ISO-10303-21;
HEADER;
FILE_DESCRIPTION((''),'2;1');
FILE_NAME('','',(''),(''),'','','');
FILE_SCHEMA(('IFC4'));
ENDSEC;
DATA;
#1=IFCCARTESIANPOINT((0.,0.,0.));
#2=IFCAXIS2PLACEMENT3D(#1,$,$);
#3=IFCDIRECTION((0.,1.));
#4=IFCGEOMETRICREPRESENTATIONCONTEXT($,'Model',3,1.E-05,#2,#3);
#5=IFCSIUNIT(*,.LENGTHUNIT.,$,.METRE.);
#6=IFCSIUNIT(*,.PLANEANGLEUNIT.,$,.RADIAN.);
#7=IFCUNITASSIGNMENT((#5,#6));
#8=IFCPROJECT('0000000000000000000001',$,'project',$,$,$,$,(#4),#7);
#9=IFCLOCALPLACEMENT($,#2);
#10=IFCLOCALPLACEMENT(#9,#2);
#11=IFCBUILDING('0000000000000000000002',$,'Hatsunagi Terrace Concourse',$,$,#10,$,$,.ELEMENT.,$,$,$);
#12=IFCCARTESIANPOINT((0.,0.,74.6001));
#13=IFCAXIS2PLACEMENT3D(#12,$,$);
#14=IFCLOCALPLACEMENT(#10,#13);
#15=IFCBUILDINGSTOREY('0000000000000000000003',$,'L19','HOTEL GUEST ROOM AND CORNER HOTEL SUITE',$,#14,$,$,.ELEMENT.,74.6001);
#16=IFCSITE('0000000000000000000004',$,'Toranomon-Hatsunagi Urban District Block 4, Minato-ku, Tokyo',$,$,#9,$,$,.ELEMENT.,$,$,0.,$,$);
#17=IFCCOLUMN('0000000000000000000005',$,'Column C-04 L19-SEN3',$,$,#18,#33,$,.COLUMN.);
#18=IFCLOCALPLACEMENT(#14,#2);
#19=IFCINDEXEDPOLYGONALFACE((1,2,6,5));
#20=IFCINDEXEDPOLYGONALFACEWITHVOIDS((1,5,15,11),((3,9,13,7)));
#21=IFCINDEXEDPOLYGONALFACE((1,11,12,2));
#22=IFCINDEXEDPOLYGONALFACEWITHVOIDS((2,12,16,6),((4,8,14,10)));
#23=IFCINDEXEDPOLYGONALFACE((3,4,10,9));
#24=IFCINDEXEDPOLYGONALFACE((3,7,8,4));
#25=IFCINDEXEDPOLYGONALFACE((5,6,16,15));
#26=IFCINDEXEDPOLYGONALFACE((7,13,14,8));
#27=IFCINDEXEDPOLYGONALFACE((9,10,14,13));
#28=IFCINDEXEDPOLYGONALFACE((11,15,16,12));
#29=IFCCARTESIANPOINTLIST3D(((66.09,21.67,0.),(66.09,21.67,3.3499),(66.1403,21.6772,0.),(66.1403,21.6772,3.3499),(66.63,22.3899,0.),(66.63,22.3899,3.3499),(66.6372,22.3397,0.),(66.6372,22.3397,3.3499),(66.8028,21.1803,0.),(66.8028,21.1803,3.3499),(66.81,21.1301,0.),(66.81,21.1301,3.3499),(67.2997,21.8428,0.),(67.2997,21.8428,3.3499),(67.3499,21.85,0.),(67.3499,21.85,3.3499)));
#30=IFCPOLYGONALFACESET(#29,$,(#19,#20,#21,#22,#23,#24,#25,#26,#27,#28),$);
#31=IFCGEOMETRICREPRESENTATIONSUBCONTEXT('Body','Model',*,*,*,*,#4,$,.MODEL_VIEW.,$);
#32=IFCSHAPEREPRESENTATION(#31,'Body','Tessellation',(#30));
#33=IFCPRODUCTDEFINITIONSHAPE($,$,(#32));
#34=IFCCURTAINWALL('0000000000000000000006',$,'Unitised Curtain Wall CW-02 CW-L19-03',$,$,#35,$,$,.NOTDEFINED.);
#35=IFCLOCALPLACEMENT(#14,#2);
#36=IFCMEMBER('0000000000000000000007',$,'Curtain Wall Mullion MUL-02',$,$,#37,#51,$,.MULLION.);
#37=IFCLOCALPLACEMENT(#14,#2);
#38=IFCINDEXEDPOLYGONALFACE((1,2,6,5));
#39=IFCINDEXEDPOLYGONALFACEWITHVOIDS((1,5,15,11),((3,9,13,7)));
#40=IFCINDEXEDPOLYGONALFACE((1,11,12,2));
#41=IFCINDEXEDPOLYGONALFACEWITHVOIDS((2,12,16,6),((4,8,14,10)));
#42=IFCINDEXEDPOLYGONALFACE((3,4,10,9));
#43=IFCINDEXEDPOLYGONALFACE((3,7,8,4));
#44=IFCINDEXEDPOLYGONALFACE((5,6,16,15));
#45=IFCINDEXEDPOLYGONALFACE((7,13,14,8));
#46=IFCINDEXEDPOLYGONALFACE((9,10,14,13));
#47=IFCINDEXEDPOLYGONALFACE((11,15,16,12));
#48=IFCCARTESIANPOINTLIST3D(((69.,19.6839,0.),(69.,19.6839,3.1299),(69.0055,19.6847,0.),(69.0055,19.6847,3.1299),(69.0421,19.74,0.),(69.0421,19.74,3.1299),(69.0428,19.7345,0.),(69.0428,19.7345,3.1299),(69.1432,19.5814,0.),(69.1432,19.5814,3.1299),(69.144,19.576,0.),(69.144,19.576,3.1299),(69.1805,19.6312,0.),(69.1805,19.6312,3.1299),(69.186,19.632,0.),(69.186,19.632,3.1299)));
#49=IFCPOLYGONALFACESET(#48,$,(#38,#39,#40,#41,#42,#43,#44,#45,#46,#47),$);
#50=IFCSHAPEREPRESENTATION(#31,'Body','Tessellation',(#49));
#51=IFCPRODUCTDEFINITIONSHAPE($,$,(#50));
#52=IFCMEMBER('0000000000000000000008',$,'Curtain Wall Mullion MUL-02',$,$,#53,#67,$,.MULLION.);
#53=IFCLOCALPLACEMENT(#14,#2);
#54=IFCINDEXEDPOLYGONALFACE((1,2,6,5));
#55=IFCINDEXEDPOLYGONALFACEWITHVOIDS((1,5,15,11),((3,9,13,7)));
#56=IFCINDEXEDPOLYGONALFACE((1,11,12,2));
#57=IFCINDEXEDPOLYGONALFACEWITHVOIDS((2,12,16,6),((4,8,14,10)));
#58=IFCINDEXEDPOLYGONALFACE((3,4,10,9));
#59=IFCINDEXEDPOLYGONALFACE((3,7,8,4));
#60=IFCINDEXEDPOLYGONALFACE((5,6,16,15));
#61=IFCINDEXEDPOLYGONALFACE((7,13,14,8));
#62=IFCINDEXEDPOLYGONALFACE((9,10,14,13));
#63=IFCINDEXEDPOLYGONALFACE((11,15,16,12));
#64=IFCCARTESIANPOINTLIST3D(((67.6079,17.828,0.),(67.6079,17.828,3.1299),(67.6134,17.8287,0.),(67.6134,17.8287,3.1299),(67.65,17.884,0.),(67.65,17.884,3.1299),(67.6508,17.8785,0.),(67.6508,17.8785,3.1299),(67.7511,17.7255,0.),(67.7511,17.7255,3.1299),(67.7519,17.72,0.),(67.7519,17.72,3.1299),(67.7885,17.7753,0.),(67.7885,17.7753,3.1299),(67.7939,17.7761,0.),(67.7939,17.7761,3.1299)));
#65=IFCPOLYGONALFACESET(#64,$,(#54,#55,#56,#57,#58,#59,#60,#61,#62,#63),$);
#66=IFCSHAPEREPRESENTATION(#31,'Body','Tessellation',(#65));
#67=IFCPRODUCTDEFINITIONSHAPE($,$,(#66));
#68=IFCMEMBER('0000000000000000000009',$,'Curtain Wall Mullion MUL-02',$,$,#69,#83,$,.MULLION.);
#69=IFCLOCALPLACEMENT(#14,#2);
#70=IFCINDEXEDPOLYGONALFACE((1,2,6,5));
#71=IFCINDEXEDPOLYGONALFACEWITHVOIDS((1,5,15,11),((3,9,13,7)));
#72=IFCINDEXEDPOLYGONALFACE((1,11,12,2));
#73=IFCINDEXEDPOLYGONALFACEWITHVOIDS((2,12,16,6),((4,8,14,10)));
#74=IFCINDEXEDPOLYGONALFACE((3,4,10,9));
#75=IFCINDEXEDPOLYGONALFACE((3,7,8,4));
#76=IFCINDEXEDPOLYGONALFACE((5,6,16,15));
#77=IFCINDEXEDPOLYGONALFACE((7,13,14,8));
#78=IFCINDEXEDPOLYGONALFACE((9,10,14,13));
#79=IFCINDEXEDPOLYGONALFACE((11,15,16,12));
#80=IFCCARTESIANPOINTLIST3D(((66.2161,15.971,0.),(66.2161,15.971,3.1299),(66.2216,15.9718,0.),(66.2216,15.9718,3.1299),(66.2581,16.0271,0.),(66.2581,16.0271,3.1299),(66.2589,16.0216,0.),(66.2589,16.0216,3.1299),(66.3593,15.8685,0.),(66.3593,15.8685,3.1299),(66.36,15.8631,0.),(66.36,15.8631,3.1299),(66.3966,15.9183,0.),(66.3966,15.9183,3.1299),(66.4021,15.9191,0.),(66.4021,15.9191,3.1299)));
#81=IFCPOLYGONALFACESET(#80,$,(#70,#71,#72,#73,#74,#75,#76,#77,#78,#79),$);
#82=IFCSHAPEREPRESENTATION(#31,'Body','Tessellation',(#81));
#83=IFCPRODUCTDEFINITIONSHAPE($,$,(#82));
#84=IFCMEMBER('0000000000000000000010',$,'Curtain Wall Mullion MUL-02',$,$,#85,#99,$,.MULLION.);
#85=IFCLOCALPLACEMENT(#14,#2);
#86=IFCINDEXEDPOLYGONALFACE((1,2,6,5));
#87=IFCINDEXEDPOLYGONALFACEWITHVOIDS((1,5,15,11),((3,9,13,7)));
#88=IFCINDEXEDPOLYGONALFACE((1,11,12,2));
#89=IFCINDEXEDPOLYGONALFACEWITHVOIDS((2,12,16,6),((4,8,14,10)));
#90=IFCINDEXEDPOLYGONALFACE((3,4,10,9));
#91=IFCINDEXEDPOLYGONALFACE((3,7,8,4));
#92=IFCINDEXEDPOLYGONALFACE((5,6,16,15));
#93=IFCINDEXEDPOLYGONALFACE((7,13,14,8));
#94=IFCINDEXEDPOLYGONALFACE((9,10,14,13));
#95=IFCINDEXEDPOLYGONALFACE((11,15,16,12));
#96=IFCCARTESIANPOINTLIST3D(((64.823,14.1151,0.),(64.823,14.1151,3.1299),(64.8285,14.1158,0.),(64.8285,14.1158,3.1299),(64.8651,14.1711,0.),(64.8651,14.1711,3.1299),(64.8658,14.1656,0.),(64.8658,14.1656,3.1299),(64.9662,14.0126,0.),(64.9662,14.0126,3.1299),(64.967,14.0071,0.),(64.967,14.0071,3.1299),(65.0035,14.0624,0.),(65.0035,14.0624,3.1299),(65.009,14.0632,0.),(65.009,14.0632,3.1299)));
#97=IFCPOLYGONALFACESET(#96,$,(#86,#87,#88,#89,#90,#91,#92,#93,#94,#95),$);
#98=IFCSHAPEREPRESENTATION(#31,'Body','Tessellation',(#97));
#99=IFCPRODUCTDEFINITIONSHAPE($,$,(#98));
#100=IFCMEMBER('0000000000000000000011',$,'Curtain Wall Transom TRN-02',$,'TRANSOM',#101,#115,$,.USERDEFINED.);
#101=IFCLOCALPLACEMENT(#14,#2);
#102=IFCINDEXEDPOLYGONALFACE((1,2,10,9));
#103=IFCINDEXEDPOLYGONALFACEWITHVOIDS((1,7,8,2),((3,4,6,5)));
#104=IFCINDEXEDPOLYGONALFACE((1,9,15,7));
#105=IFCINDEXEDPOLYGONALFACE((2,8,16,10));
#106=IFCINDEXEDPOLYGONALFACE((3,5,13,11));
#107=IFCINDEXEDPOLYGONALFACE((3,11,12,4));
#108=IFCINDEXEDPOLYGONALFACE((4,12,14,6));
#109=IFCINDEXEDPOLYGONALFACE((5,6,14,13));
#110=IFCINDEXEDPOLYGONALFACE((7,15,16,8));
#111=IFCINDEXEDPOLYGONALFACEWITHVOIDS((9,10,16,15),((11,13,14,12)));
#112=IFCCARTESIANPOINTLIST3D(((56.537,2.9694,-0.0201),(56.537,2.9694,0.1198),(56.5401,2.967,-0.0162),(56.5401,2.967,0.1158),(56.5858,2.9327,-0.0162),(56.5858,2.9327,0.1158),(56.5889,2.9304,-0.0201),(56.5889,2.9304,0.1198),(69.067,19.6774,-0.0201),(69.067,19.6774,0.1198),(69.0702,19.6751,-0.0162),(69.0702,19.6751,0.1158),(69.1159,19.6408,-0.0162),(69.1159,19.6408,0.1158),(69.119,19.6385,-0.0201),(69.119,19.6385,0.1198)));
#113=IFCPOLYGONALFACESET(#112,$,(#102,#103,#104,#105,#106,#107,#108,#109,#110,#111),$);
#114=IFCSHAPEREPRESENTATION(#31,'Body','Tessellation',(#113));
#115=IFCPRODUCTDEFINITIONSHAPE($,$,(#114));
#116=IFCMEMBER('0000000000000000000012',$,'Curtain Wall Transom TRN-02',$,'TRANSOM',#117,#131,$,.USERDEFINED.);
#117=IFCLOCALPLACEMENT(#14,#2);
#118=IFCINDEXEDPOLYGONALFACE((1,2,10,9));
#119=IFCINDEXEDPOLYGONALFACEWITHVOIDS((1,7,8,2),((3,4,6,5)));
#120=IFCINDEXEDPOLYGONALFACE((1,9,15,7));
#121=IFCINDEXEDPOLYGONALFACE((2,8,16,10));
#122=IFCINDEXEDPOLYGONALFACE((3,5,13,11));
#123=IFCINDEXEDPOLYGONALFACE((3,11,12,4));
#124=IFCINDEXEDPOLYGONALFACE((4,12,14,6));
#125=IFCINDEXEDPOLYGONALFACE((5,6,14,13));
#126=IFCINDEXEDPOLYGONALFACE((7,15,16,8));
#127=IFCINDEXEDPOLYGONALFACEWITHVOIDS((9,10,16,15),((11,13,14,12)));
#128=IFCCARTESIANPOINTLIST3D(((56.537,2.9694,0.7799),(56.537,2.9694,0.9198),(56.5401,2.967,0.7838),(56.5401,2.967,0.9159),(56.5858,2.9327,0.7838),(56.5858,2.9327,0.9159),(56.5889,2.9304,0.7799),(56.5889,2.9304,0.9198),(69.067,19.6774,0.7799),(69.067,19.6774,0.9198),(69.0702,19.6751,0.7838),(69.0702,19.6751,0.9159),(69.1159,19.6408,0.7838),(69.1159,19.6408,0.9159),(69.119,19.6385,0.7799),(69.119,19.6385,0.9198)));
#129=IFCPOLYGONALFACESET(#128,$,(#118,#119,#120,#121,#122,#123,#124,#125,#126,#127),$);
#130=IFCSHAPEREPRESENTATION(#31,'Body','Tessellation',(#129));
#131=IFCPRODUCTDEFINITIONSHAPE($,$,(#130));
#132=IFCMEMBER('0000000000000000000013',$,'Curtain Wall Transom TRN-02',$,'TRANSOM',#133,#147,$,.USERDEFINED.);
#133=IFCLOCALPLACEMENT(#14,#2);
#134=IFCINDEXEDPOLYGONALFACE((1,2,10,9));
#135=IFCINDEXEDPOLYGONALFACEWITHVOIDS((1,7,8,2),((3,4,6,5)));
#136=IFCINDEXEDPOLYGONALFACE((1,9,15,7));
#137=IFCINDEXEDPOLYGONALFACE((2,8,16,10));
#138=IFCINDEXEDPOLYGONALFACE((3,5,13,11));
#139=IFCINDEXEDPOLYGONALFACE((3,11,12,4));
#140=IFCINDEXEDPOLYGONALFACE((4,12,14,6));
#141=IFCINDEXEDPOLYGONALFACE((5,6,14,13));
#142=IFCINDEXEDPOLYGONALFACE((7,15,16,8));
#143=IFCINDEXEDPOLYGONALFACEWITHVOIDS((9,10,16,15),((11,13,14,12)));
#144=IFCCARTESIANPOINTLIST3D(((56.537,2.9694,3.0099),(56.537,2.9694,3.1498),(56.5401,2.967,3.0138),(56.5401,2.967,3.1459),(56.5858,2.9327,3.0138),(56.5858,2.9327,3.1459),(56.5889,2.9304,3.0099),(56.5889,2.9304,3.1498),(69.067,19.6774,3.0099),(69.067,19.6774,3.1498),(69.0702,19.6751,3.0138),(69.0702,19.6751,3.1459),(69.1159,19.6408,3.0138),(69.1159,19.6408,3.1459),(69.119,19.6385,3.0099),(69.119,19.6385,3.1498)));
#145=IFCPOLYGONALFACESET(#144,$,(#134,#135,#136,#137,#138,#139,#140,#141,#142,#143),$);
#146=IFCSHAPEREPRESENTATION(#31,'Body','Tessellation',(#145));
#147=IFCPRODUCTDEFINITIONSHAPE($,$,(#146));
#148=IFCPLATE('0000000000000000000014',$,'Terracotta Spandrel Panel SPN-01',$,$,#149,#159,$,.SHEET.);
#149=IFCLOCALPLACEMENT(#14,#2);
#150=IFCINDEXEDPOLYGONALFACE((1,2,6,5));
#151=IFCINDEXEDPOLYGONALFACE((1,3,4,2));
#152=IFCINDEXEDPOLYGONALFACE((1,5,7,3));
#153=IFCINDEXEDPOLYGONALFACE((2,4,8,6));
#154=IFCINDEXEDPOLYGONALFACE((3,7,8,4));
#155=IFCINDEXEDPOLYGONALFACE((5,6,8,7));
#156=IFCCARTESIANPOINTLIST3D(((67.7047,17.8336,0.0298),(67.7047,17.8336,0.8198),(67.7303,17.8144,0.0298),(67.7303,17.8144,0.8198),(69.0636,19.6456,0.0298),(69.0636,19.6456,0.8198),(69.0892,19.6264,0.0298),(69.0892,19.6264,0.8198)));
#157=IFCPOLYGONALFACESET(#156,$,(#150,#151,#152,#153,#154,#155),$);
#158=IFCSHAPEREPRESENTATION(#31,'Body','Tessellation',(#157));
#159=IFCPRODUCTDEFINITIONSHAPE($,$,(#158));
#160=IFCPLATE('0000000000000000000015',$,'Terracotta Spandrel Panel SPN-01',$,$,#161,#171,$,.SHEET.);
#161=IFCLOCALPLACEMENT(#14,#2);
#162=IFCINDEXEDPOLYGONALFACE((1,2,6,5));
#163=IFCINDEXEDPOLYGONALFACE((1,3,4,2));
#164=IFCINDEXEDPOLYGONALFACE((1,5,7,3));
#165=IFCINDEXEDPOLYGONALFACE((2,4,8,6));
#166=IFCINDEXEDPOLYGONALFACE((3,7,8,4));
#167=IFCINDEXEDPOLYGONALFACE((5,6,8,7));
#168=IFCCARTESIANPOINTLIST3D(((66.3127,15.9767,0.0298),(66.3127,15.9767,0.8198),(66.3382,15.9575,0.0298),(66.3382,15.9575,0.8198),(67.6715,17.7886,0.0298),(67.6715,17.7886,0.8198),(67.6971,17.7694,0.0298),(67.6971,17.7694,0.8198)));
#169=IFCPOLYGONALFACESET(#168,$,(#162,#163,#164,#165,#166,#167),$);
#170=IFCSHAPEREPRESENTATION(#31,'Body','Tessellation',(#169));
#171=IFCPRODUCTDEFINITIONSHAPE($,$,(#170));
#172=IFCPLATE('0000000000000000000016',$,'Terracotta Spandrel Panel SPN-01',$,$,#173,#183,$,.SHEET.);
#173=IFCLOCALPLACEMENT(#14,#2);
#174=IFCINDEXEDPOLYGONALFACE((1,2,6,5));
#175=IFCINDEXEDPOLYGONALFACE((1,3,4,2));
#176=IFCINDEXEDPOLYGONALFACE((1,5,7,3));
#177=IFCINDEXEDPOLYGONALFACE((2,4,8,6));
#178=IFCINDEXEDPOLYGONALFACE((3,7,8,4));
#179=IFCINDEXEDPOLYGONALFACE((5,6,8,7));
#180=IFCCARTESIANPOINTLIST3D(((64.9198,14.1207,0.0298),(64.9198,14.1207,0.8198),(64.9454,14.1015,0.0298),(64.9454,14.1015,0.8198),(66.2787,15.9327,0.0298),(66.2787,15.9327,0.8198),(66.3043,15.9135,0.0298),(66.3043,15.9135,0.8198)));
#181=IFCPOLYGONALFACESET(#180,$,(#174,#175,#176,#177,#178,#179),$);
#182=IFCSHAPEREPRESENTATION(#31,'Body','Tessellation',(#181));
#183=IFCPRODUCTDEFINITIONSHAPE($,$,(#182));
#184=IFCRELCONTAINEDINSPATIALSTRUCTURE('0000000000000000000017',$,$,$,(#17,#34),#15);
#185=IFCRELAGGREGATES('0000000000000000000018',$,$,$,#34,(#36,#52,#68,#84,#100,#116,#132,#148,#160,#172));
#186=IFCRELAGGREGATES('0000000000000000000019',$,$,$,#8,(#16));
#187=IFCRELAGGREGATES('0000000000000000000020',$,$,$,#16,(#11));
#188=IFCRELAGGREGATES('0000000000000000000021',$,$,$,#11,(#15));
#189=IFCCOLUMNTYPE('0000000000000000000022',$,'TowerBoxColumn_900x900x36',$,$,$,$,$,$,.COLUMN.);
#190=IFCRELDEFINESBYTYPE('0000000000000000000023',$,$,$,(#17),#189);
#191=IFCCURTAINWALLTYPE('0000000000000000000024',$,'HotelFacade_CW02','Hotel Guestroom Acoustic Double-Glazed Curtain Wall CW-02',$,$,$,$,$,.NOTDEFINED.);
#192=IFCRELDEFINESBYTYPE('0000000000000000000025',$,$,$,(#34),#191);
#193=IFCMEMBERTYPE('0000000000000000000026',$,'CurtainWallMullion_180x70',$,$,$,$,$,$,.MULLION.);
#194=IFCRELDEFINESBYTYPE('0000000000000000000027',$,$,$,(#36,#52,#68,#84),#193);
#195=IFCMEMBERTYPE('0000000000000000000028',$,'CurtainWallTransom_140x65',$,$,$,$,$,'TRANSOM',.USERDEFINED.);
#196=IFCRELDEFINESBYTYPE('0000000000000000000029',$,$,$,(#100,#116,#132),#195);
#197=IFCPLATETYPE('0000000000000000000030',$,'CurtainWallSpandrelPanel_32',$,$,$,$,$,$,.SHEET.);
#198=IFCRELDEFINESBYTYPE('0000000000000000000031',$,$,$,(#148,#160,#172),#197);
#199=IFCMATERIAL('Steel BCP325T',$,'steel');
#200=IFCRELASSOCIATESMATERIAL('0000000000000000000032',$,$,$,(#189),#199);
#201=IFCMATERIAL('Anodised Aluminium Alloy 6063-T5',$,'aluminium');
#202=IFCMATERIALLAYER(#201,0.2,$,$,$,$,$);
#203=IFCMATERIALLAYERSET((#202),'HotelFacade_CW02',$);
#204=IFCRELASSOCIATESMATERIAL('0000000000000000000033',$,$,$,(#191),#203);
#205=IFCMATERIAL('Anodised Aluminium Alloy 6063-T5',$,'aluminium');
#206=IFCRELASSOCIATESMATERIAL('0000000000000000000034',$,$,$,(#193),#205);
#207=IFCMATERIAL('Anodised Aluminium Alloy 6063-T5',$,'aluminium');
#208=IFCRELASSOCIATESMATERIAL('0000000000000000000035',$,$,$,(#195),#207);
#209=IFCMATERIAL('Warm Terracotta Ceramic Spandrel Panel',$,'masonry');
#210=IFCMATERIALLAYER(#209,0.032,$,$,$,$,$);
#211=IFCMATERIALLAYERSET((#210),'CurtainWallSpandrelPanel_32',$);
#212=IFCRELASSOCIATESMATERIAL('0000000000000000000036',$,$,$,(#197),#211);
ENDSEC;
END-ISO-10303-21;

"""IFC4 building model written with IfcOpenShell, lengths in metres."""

from ifc_helpers import new_model, si_unit, direction, frame, origin, origin_2d, place, context, subcontext, project, spatial, rectangle, hollow_rectangle, extrude, material, layer, layer_set, material_profile, profile_set, type_object, element, aggregate, save


model = new_model("IFC4")

# Units and contexts
model_context = context("Model", 3, precision=1e-05, world=origin(), true_north=direction((0.0, 1.0)))
body_context = subcontext(model_context, "Body", "Model", "MODEL_VIEW")
ifc_project = project(units=[si_unit("LENGTHUNIT", "METRE"), si_unit("PLANEANGLEUNIT", "RADIAN")], contexts=[model_context])

# Site, building, storey
site_placement = place(None, origin())
site = spatial("IfcSite", under=ifc_project, at=site_placement, Name="Toranomon-Hatsunagi Urban District Block 4, Minato-ku, Tokyo", CompositionType="ELEMENT", RefElevation=0.0)
building_placement = place(site_placement, origin())
building = spatial("IfcBuilding", under=site, at=building_placement, Name="Hatsunagi Terrace Concourse", CompositionType="ELEMENT")
storey_placement = place(building_placement, frame((0.0, 0.0, 74.6001)))
storey = spatial("IfcBuildingStorey", under=building, at=storey_placement, Name="L19", Description="HOTEL GUEST ROOM AND CORNER HOTEL SUITE", CompositionType="ELEMENT", Elevation=74.6001)

# Column
ifc_material_1 = material(Name="Steel BCP325T", Category="steel")
ifc_material_profile_1 = material_profile(ifc_material_1, hollow_rectangle(XDim=0.8999, YDim=0.8999, WallThickness=0.0359, at=origin_2d()), Name="BCP-900x900x36")
ifc_profile_set_1 = profile_set([ifc_material_profile_1], Name="Steel BCP325T")
column_type = type_object("IfcColumnType", Name="TowerBoxColumn_900x900x36", PredefinedType="COLUMN", material=ifc_profile_set_1)
column_placement = place(storey_placement, frame((66.72, 21.76, 0.0), z_axis=(0.0, 0.0, 1.0), x_axis=(0.8, -0.6, 0.0)))
element("IfcColumn", 1, at=column_placement, inside=storey, type_object=column_type, Name="Column C-04 L19-SEN3", PredefinedType="COLUMN", context=body_context, shape_type="SweptSolid", body=[
    extrude(hollow_rectangle(XDim=0.8999, YDim=0.8999, WallThickness=0.0359, at=origin_2d()), origin(), (0.0, 0.0, 1.0), 3.3499),
])

# Curtain wall, members, plates
ifc_material_2 = material(Name="Anodised Aluminium Alloy 6063-T5", Category="aluminium")
ifc_layer_1 = layer(ifc_material_2, 0.2)
ifc_layer_set_1 = layer_set([ifc_layer_1], Name="HotelFacade_CW02")
curtain_wall_type = type_object("IfcCurtainWallType", Name="HotelFacade_CW02", Description="Hotel Guestroom Acoustic Double-Glazed Curtain Wall CW-02", PredefinedType="NOTDEFINED", material=ifc_layer_set_1)
curtain_wall_placement = place(storey_placement, origin())
curtain_wall = element("IfcCurtainWall", 2, at=curtain_wall_placement, inside=storey, type_object=curtain_wall_type, Name="Unitised Curtain Wall CW-02 CW-L19-03", PredefinedType="NOTDEFINED")
ifc_material_3 = material(Name="Anodised Aluminium Alloy 6063-T5", Category="aluminium")
ifc_material_profile_2 = material_profile(ifc_material_3, hollow_rectangle(XDim=0.0701, YDim=0.1799, WallThickness=0.0039, at=origin_2d()), Name="ALU-MUL-180x70x4")
ifc_profile_set_2 = profile_set([ifc_material_profile_2], Name="Anodised Aluminium Alloy 6063-T5")
member_type_1 = type_object("IfcMemberType", Name="CurtainWallMullion_180x70", PredefinedType="MULLION", material=ifc_profile_set_2)
member_1_placement = place(storey_placement, frame((69.093, 19.658, 0.0), z_axis=(0.0, 0.0, 1.0), x_axis=(-0.599969, -0.800023, 0.0)))
member_1 = element("IfcMember", 3, at=member_1_placement, type_object=member_type_1, Name="Curtain Wall Mullion MUL-02", PredefinedType="MULLION", context=body_context, shape_type="SweptSolid", body=[
    extrude(hollow_rectangle(XDim=0.0701, YDim=0.1799, WallThickness=0.0039, at=origin_2d()), origin(), (0.0, 0.0, 1.0), 3.1299),
])
member_2_placement = place(storey_placement, frame((67.7009, 17.802, 0.0), z_axis=(0.0, 0.0, 1.0), x_axis=(-0.599969, -0.800023, 0.0)))
member_2 = element("IfcMember", 4, at=member_2_placement, type_object=member_type_1, Name="Curtain Wall Mullion MUL-02", PredefinedType="MULLION", context=body_context, shape_type="SweptSolid", body=[
    extrude(hollow_rectangle(XDim=0.0701, YDim=0.1799, WallThickness=0.0039, at=origin_2d()), origin(), (0.0, 0.0, 1.0), 3.1299),
])
member_3_placement = place(storey_placement, frame((66.3091, 15.9451, 0.0), z_axis=(0.0, 0.0, 1.0), x_axis=(-0.599969, -0.800023, 0.0)))
member_3 = element("IfcMember", 5, at=member_3_placement, type_object=member_type_1, Name="Curtain Wall Mullion MUL-02", PredefinedType="MULLION", context=body_context, shape_type="SweptSolid", body=[
    extrude(hollow_rectangle(XDim=0.0701, YDim=0.1799, WallThickness=0.0039, at=origin_2d()), origin(), (0.0, 0.0, 1.0), 3.1299),
])
member_4_placement = place(storey_placement, frame((64.916, 14.0891, 0.0), z_axis=(0.0, 0.0, 1.0), x_axis=(-0.599969, -0.800023, 0.0)))
member_4 = element("IfcMember", 6, at=member_4_placement, type_object=member_type_1, Name="Curtain Wall Mullion MUL-02", PredefinedType="MULLION", context=body_context, shape_type="SweptSolid", body=[
    extrude(hollow_rectangle(XDim=0.0701, YDim=0.1799, WallThickness=0.0039, at=origin_2d()), origin(), (0.0, 0.0, 1.0), 3.1299),
])
ifc_material_4 = material(Name="Anodised Aluminium Alloy 6063-T5", Category="aluminium")
ifc_material_profile_3 = material_profile(ifc_material_4, hollow_rectangle(XDim=0.0649, YDim=0.1399, WallThickness=0.0039, at=origin_2d()), Name="ALU-TRN-140x65x4")
ifc_profile_set_3 = profile_set([ifc_material_profile_3], Name="Anodised Aluminium Alloy 6063-T5")
member_type_2 = type_object("IfcMemberType", Name="CurtainWallTransom_140x65", ElementType="TRANSOM", PredefinedType="USERDEFINED", material=ifc_profile_set_3)
member_5_placement = place(storey_placement, frame((69.093, 19.658, 0.0498), z_axis=(-0.59997, -0.800022, 0.0), x_axis=(0.800022, -0.59997, 0.0)))
member_5 = element("IfcMember", 7, at=member_5_placement, type_object=member_type_2, Name="Curtain Wall Transom TRN-02", ObjectType="TRANSOM", PredefinedType="USERDEFINED", context=body_context, shape_type="SweptSolid", body=[
    extrude(hollow_rectangle(XDim=0.0649, YDim=0.1399, WallThickness=0.0039, at=origin_2d()), origin(), (0.0, 0.0, 1.0), 20.8845),
])
member_6_placement = place(storey_placement, frame((69.093, 19.658, 0.8499), z_axis=(-0.59997, -0.800022, 0.0), x_axis=(0.800022, -0.59997, 0.0)))
member_6 = element("IfcMember", 8, at=member_6_placement, type_object=member_type_2, Name="Curtain Wall Transom TRN-02", ObjectType="TRANSOM", PredefinedType="USERDEFINED", context=body_context, shape_type="SweptSolid", body=[
    extrude(hollow_rectangle(XDim=0.0649, YDim=0.1399, WallThickness=0.0039, at=origin_2d()), origin(), (0.0, 0.0, 1.0), 20.8845),
])
member_7_placement = place(storey_placement, frame((69.093, 19.658, 3.0798), z_axis=(-0.59997, -0.800022, 0.0), x_axis=(0.800022, -0.59997, 0.0)))
member_7 = element("IfcMember", 9, at=member_7_placement, type_object=member_type_2, Name="Curtain Wall Transom TRN-02", ObjectType="TRANSOM", PredefinedType="USERDEFINED", context=body_context, shape_type="SweptSolid", body=[
    extrude(hollow_rectangle(XDim=0.0649, YDim=0.1399, WallThickness=0.0039, at=origin_2d()), origin(), (0.0, 0.0, 1.0), 20.8845),
])
ifc_material_5 = material(Name="Warm Terracotta Ceramic Spandrel Panel", Category="masonry")
ifc_layer_2 = layer(ifc_material_5, 0.032)
ifc_layer_set_2 = layer_set([ifc_layer_2], Name="CurtainWallSpandrelPanel_32")
plate_type_1 = type_object("IfcPlateType", Name="CurtainWallSpandrelPanel_32", PredefinedType="SHEET", material=ifc_layer_set_2)
plate_1_placement = place(storey_placement, frame((68.397, 18.73, 0.0298), z_axis=(0.0, 0.0, 1.0), x_axis=(-0.599969, -0.800023, 0.0)))
plate_1 = element("IfcPlate", 10, at=plate_1_placement, type_object=plate_type_1, Name="Terracotta Spandrel Panel SPN-01", PredefinedType="SHEET", context=body_context, shape_type="SweptSolid", body=[
    extrude(rectangle(XDim=2.2649, YDim=0.032, at=origin_2d()), origin(), (0.0, 0.0, 1.0), 0.79),
])
plate_2_placement = place(storey_placement, frame((67.0049, 16.873, 0.0298), z_axis=(0.0, 0.0, 1.0), x_axis=(-0.599969, -0.800023, 0.0)))
plate_2 = element("IfcPlate", 11, at=plate_2_placement, type_object=plate_type_1, Name="Terracotta Spandrel Panel SPN-01", PredefinedType="SHEET", context=body_context, shape_type="SweptSolid", body=[
    extrude(rectangle(XDim=2.2649, YDim=0.032, at=origin_2d()), origin(), (0.0, 0.0, 1.0), 0.79),
])
plate_3_placement = place(storey_placement, frame((65.6121, 15.0171, 0.0298), z_axis=(0.0, 0.0, 1.0), x_axis=(-0.599969, -0.800023, 0.0)))
plate_3 = element("IfcPlate", 12, at=plate_3_placement, type_object=plate_type_1, Name="Terracotta Spandrel Panel SPN-01", PredefinedType="SHEET", context=body_context, shape_type="SweptSolid", body=[
    extrude(rectangle(XDim=2.2649, YDim=0.032, at=origin_2d()), origin(), (0.0, 0.0, 1.0), 0.79),
])
aggregate(curtain_wall, [member_1, member_2, member_3, member_4, member_5, member_6, member_7, plate_1, plate_2, plate_3])

save(model, "model.ifc")
